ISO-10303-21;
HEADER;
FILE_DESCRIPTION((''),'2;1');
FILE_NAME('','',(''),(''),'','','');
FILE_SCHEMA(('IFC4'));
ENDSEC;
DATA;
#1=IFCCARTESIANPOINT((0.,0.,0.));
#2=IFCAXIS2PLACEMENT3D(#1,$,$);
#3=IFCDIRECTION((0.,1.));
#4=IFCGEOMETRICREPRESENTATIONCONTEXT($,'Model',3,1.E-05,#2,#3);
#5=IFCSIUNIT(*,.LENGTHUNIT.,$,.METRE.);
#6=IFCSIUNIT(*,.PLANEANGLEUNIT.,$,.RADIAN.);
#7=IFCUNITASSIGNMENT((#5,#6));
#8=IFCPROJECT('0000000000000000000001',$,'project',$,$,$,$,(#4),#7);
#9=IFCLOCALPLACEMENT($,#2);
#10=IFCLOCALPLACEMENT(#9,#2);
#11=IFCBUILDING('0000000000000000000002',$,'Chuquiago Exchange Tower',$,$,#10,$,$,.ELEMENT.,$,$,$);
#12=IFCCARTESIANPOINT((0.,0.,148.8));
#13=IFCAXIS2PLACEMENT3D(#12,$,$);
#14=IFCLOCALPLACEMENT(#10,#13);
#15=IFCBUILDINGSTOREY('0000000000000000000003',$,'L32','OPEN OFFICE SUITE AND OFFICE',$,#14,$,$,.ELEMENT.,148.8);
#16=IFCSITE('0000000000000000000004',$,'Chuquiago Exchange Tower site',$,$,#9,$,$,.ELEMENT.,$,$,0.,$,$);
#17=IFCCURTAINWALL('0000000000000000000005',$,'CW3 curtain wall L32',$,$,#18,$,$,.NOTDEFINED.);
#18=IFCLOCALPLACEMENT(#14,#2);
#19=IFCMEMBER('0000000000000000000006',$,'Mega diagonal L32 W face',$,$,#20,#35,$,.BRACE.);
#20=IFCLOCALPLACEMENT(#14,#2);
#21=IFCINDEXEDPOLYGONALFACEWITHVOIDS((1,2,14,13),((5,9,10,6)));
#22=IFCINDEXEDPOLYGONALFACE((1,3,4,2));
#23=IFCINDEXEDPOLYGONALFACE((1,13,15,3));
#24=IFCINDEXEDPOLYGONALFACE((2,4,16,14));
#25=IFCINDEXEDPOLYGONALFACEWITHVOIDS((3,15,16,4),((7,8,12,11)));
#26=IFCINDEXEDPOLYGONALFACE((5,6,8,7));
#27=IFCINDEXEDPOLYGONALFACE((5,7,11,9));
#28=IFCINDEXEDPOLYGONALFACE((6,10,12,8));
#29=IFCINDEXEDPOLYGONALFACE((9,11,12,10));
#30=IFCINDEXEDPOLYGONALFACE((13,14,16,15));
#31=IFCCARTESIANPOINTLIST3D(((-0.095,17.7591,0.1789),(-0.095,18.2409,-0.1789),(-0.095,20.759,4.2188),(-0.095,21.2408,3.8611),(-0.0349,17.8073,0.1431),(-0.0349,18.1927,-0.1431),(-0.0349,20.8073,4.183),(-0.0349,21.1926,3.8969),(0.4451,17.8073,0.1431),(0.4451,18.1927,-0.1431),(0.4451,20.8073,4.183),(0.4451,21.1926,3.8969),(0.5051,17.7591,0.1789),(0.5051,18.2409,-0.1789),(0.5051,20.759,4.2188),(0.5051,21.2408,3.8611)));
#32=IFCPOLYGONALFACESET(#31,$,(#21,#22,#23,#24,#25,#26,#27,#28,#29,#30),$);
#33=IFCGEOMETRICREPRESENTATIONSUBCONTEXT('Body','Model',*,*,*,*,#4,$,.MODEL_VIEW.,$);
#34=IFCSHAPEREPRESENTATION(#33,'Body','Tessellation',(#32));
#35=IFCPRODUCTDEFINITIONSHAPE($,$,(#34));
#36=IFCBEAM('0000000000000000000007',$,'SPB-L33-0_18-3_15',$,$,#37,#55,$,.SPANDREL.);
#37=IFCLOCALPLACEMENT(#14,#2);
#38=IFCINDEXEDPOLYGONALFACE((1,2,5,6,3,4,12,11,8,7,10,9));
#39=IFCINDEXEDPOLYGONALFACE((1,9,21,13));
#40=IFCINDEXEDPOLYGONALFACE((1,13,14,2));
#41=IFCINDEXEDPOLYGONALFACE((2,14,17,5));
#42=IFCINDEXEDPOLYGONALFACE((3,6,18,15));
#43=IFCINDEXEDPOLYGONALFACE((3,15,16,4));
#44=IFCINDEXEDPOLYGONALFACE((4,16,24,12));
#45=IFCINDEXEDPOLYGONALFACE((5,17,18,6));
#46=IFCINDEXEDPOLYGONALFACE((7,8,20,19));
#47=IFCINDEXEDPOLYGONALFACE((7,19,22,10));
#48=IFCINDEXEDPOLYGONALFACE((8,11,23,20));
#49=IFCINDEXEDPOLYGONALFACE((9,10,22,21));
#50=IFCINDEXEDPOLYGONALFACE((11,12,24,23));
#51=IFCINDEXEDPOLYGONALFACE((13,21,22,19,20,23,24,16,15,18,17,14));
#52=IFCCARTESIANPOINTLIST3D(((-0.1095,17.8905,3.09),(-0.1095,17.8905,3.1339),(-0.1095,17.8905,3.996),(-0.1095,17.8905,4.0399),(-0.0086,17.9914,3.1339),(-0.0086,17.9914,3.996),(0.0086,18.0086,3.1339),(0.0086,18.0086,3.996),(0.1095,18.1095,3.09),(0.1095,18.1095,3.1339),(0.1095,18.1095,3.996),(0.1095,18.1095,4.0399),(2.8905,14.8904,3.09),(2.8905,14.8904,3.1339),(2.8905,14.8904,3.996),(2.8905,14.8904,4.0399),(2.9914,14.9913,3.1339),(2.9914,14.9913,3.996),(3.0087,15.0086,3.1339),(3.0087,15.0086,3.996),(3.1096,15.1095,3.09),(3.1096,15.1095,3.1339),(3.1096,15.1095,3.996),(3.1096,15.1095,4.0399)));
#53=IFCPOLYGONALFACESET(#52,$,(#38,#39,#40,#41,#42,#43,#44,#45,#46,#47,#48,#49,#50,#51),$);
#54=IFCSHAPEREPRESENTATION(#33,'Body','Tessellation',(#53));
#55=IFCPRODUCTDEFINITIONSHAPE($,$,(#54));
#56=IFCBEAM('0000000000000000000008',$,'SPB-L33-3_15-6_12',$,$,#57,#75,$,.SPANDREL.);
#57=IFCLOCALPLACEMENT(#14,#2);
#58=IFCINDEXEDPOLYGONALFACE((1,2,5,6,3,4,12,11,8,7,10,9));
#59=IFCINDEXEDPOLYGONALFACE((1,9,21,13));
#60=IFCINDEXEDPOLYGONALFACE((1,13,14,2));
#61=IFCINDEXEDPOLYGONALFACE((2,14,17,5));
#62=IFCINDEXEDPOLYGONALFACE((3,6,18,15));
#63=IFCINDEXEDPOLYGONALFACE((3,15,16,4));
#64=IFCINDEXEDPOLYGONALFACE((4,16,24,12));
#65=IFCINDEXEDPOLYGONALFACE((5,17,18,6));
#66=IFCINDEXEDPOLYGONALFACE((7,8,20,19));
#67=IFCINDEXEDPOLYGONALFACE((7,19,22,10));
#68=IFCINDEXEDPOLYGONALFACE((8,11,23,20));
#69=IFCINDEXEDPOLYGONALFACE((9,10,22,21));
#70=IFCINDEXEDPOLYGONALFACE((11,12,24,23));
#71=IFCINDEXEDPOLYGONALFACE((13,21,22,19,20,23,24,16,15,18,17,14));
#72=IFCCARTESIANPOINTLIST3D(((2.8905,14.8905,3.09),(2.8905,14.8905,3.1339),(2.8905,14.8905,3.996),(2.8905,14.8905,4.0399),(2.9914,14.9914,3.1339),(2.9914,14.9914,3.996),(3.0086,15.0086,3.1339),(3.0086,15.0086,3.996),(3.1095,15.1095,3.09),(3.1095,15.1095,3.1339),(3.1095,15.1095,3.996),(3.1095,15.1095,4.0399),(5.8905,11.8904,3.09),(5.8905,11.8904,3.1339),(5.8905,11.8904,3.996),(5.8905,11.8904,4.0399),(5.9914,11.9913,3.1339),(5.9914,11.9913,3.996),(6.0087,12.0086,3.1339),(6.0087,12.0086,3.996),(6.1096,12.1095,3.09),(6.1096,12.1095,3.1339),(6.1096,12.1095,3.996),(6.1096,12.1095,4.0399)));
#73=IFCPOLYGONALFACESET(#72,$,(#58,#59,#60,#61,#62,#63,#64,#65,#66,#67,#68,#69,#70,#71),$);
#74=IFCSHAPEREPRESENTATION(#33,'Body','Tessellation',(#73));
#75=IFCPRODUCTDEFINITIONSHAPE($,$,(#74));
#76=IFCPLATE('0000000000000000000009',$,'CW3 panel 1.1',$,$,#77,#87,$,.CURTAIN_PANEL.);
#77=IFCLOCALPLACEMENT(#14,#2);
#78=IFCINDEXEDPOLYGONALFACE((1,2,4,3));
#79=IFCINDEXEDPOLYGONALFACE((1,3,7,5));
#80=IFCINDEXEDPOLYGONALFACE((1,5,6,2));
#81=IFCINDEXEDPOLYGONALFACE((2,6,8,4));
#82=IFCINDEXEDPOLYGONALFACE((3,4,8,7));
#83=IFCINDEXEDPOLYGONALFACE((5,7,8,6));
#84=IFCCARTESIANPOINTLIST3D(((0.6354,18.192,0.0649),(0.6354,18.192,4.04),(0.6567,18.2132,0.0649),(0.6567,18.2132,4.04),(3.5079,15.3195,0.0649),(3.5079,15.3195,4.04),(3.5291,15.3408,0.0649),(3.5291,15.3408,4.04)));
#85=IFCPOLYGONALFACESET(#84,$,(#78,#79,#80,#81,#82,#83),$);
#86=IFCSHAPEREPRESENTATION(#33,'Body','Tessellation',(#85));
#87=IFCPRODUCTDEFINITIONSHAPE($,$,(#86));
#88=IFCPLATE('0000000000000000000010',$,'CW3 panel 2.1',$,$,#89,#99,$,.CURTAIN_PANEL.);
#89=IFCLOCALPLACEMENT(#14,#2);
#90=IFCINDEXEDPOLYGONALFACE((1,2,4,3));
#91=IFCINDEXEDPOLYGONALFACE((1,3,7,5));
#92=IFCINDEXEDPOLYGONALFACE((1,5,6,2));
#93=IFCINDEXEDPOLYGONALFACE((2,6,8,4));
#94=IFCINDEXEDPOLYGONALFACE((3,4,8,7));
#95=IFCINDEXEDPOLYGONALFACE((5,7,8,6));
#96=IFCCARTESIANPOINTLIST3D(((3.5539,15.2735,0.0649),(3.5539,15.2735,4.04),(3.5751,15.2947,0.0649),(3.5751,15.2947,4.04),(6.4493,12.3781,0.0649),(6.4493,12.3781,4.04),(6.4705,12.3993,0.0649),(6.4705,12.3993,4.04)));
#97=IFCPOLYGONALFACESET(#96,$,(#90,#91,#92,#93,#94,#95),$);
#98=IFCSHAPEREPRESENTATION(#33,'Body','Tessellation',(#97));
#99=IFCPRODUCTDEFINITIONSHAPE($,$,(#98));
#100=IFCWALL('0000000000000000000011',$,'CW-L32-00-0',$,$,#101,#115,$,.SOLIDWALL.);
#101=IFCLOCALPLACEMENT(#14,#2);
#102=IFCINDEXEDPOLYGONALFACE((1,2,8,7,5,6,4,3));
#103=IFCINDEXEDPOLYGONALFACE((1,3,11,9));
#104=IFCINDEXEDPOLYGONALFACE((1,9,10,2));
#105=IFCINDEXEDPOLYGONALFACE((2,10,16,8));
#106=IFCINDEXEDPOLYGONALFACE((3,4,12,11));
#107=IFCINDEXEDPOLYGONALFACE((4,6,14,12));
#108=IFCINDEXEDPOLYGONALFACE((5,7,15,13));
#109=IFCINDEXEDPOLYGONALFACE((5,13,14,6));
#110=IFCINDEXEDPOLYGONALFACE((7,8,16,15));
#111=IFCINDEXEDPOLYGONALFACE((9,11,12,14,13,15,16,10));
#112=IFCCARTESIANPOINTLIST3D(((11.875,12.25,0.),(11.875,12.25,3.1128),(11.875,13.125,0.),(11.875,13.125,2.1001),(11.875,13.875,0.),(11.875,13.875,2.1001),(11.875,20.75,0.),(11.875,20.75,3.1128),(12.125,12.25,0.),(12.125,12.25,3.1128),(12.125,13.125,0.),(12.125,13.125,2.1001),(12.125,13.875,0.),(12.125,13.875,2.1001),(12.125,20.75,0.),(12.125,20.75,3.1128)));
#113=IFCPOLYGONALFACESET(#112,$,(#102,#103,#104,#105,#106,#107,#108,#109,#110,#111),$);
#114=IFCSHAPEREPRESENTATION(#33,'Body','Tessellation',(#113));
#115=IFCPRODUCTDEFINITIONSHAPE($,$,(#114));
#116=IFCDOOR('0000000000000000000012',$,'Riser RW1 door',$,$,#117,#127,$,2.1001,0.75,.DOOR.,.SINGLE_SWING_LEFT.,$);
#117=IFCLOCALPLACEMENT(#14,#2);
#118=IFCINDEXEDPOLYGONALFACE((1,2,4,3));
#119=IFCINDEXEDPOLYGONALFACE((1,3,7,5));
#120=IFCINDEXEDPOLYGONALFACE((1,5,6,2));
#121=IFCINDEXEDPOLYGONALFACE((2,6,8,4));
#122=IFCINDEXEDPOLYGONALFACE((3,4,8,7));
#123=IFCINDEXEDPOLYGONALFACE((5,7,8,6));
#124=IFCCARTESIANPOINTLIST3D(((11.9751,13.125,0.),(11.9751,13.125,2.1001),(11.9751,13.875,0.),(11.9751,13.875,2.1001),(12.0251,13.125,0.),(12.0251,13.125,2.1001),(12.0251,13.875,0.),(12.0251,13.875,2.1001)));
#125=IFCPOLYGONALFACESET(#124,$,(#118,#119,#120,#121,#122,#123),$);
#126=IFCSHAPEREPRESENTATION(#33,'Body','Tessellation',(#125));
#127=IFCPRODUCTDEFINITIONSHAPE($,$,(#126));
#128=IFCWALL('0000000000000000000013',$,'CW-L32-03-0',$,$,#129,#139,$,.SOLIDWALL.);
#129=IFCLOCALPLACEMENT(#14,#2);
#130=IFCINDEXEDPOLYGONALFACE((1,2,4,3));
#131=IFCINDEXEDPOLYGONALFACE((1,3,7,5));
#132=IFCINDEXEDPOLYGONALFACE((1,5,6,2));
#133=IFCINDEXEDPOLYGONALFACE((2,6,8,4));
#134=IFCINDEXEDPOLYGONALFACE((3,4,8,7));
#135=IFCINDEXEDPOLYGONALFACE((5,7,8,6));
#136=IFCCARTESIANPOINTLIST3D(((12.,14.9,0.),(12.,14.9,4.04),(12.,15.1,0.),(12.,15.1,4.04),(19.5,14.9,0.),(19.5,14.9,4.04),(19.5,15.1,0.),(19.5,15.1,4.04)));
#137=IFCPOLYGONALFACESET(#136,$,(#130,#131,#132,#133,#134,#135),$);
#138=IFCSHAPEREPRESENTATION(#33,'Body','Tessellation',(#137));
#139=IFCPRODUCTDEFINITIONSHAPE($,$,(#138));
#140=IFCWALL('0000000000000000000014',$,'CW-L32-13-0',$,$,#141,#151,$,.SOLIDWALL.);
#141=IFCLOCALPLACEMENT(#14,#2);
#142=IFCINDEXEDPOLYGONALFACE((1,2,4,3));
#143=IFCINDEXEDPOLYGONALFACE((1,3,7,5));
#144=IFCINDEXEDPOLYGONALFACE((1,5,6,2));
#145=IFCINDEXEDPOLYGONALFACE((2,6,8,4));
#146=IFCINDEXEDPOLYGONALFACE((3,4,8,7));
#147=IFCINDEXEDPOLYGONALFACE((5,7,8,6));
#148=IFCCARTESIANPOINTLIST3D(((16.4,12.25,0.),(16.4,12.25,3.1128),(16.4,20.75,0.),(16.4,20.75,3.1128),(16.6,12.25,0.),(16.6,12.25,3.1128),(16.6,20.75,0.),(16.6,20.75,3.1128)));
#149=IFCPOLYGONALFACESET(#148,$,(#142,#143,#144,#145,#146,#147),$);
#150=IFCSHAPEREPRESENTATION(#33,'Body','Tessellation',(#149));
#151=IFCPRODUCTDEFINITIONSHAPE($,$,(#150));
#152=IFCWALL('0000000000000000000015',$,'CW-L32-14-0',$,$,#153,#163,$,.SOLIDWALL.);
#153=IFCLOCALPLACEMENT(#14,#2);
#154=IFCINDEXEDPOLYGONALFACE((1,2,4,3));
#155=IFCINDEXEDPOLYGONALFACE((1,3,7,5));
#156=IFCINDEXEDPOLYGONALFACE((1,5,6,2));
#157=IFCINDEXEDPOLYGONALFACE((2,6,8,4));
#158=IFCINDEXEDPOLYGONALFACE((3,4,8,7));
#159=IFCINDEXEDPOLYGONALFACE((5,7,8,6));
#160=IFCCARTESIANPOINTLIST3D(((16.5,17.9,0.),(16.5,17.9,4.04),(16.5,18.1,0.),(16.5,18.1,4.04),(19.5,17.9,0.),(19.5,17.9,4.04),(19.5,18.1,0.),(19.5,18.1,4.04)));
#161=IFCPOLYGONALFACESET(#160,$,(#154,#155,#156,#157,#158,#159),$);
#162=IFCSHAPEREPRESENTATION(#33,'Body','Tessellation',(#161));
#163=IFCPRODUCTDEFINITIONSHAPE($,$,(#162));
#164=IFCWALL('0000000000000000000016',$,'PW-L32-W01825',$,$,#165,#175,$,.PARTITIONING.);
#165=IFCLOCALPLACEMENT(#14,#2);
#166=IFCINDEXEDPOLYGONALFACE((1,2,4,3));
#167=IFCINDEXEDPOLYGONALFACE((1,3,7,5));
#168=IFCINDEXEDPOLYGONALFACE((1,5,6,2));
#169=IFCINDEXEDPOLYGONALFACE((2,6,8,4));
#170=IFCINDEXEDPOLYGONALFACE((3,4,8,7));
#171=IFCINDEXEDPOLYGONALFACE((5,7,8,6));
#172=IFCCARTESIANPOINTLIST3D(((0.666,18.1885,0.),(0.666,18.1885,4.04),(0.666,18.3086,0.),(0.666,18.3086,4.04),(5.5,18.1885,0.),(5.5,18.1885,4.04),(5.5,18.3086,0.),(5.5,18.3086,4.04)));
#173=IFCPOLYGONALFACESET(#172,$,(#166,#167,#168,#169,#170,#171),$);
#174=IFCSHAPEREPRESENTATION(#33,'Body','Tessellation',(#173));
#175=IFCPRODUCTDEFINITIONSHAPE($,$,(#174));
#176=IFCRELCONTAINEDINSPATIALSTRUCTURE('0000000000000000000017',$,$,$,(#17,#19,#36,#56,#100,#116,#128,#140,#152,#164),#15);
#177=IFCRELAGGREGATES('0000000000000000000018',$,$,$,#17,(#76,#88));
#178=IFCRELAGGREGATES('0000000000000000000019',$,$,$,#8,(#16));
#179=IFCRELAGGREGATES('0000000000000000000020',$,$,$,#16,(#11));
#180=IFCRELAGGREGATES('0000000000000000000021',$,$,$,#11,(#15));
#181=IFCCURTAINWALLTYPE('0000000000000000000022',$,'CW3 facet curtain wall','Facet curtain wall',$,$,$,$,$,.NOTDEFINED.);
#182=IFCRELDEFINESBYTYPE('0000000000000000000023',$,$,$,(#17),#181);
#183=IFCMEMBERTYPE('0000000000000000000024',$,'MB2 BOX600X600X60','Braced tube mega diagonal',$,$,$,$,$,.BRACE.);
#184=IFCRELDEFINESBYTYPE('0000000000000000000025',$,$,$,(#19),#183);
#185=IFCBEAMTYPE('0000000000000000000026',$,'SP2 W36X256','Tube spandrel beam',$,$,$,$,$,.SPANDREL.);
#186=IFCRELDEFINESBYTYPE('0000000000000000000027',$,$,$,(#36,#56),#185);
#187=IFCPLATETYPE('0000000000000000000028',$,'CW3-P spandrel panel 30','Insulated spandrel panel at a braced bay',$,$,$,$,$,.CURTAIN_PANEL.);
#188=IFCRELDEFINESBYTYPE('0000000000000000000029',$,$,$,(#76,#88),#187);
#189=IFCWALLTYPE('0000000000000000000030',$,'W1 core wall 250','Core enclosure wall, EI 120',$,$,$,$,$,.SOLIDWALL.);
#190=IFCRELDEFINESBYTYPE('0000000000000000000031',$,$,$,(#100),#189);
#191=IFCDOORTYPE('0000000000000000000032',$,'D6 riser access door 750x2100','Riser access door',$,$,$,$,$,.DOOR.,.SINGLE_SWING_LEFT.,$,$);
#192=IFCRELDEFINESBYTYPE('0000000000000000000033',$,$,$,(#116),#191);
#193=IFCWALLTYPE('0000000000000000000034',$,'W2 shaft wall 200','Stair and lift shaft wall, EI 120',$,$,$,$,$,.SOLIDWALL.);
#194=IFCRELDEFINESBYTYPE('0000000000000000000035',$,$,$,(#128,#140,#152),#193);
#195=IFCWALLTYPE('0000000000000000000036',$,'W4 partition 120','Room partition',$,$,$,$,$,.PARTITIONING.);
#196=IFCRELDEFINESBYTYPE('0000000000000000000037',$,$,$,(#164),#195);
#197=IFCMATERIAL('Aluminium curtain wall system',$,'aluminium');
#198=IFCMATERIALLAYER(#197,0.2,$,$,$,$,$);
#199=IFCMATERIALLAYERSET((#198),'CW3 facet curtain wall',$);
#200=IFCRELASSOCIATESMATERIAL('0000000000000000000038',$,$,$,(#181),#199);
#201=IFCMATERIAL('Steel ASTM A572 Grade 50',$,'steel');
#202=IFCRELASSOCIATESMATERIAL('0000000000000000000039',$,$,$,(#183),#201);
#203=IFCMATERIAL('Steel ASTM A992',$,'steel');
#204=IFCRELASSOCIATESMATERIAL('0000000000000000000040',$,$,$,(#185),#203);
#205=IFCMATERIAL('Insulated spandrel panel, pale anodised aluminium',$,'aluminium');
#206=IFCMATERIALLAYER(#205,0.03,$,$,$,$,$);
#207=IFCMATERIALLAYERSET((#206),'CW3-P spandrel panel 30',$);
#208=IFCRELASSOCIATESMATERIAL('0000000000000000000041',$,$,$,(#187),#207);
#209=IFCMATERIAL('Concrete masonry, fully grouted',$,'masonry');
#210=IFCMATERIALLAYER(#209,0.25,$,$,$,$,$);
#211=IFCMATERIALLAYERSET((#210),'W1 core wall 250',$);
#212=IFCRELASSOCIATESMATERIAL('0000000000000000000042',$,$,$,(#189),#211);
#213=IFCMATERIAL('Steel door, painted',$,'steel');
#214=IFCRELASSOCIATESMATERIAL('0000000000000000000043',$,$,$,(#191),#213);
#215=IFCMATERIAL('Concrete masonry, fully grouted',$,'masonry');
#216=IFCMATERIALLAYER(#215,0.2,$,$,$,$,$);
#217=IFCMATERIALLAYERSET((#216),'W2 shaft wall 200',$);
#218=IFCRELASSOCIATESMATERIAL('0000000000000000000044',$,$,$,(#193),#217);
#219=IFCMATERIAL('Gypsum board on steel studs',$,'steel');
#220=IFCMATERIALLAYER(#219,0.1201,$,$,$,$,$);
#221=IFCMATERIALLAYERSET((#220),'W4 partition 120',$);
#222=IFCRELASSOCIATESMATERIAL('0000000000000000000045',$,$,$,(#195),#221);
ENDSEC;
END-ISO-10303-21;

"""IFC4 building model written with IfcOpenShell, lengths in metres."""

from ifc_helpers import new_model, si_unit, direction, frame, frame_2d, origin, origin_2d, place, context, subcontext, project, spatial, rectangle, hollow_rectangle, i_section, extrude, material, layer, layer_set, material_profile, profile_set, type_object, element, fill, aggregate, save


model = new_model("IFC4")

# Units and contexts
model_context = context("Model", 3, precision=1e-05, world=origin(), true_north=direction((0.0, 1.0)))
body_context = subcontext(model_context, "Body", "Model", "MODEL_VIEW")
ifc_project = project(units=[si_unit("LENGTHUNIT", "METRE"), si_unit("PLANEANGLEUNIT", "RADIAN")], contexts=[model_context])

# Site, building, storey
site_placement = place(None, origin())
site = spatial("IfcSite", under=ifc_project, at=site_placement, Name="Chuquiago Exchange Tower site", CompositionType="ELEMENT", RefElevation=0.0)
building_placement = place(site_placement, origin())
building = spatial("IfcBuilding", under=site, at=building_placement, Name="Chuquiago Exchange Tower", CompositionType="ELEMENT")
storey_placement = place(building_placement, frame((0.0, 0.0, 148.8)))
storey = spatial("IfcBuildingStorey", under=building, at=storey_placement, Name="L32", Description="OPEN OFFICE SUITE AND OFFICE", CompositionType="ELEMENT", Elevation=148.8)

# Curtain wall
ifc_material_1 = material(Name="Aluminium curtain wall system", Category="aluminium")
ifc_layer_1 = layer(ifc_material_1, 0.2)
ifc_layer_set_1 = layer_set([ifc_layer_1], Name="CW3 facet curtain wall")
curtain_wall_type_1 = type_object("IfcCurtainWallType", Name="CW3 facet curtain wall", Description="Facet curtain wall", PredefinedType="NOTDEFINED", material=ifc_layer_set_1)
curtain_wall_1_placement = place(storey_placement, origin())
curtain_wall_1 = element("IfcCurtainWall", 1, at=curtain_wall_1_placement, inside=storey, type_object=curtain_wall_type_1, Name="CW3 curtain wall L32", PredefinedType="NOTDEFINED")

# Member
ifc_material_2 = material(Name="Steel ASTM A572 Grade 50", Category="steel")
ifc_material_profile_1 = material_profile(ifc_material_2, hollow_rectangle(XDim=0.6001, YDim=0.6001, WallThickness=0.0601, at=origin_2d()), Name="BOX600X600X60")
ifc_profile_set_1 = profile_set([ifc_material_profile_1], Name="Steel ASTM A572 Grade 50")
member_type_1 = type_object("IfcMemberType", Name="MB2 BOX600X600X60", Description="Braced tube mega diagonal", PredefinedType="BRACE", material=ifc_profile_set_1)
member_1_placement = place(storey_placement, frame((0.2051, 18.0, 0.0), z_axis=(0.0, 0.596174, 0.802855), x_axis=(-1.0, 0.0, 0.0)))
element("IfcMember", 2, at=member_1_placement, inside=storey, type_object=member_type_1, Name="Mega diagonal L32 W face", PredefinedType="BRACE", context=body_context, shape_type="SweptSolid", body=[
    extrude(hollow_rectangle(XDim=0.6001, YDim=0.6001, WallThickness=0.0601, at=origin_2d()), origin(), (0.0, 0.0, 1.0), 5.032),
])

# Beams
ifc_material_3 = material(Name="Steel ASTM A992", Category="steel")
ifc_material_profile_2 = material_profile(ifc_material_3, i_section(OverallWidth=0.3098, OverallDepth=0.95, WebThickness=0.0244, FlangeThickness=0.0439, at=origin_2d()), Name="W36X256")
ifc_profile_set_2 = profile_set([ifc_material_profile_2], Name="Steel ASTM A992")
beam_type_1 = type_object("IfcBeamType", Name="SP2 W36X256", Description="Tube spandrel beam", PredefinedType="SPANDREL", material=ifc_profile_set_2)
for number, where, z_axis, x_axis, name in (
    (3, (0.0, 18.0, 3.5649), (0.707107, -0.707107, 0.0), (0.707107, 0.707107, 0.0), "SPB-L33-0_18-3_15"),
    (4, (3.0, 15.0, 3.5649), (0.707107, -0.707107, 0.0), (0.707107, 0.707107, 0.0), "SPB-L33-3_15-6_12"),
):
    element("IfcBeam", number, at=place(storey_placement, frame(where, z_axis=z_axis, x_axis=x_axis)), inside=storey, type_object=beam_type_1, Name=name, PredefinedType="SPANDREL", context=body_context, shape_type="SweptSolid", body=[
        extrude(i_section(OverallWidth=0.3098, OverallDepth=0.95, WebThickness=0.0244, FlangeThickness=0.0439, at=origin_2d()), origin(), (0.0, 0.0, 1.0), 4.2427),
    ])

# Plates
ifc_material_4 = material(Name="Insulated spandrel panel, pale anodised aluminium", Category="aluminium")
ifc_layer_2 = layer(ifc_material_4, 0.03)
ifc_layer_set_2 = layer_set([ifc_layer_2], Name="CW3-P spandrel panel 30")
plate_type = type_object("IfcPlateType", Name="CW3-P spandrel panel 30", Description="Insulated spandrel panel at a braced bay", PredefinedType="CURTAIN_PANEL", material=ifc_layer_set_2)
plate_1_placement = place(storey_placement, frame((2.0823, 16.7664, 0.0649), z_axis=(0.0, 0.0, 1.0), x_axis=(0.707107, -0.707107, 0.0)))
plate_1 = element("IfcPlate", 5, at=plate_1_placement, type_object=plate_type, Name="CW3 panel 1.1", PredefinedType="CURTAIN_PANEL", context=body_context, shape_type="SweptSolid", body=[
    extrude(rectangle(XDim=4.0623, YDim=0.03, at=origin_2d()), origin(), (0.0, 0.0, 1.0), 3.9751),
])
plate_2_placement = place(storey_placement, frame((5.0122, 13.8364, 0.0649), z_axis=(0.0, 0.0, 1.0), x_axis=(0.707107, -0.707107, 0.0)))
plate_2 = element("IfcPlate", 6, at=plate_2_placement, type_object=plate_type, Name="CW3 panel 2.1", PredefinedType="CURTAIN_PANEL", context=body_context, shape_type="SweptSolid", body=[
    extrude(rectangle(XDim=4.0947, YDim=0.03, at=origin_2d()), origin(), (0.0, 0.0, 1.0), 3.9751),
])
aggregate(curtain_wall_1, [plate_1, plate_2])

# Wall, opening, door
ifc_material_5 = material(Name="Concrete masonry, fully grouted", Category="masonry")
ifc_layer_3 = layer(ifc_material_5, 0.25)
ifc_layer_set_3 = layer_set([ifc_layer_3], Name="W1 core wall 250")
wall_type_1 = type_object("IfcWallType", Name="W1 core wall 250", Description="Core enclosure wall, EI 120", PredefinedType="SOLIDWALL", material=ifc_layer_set_3)
wall_1_placement = place(storey_placement, frame((12.0, 12.25, 0.0), z_axis=(0.0, 0.0, 1.0), x_axis=(0.0, 1.0, 0.0)))
wall_1 = element("IfcWall", 7, at=wall_1_placement, inside=storey, type_object=wall_type_1, Name="CW-L32-00-0", PredefinedType="SOLIDWALL", context=body_context, shape_type="SweptSolid", body=[
    extrude(rectangle(XDim=8.5, YDim=0.25, at=frame_2d((4.25, 0.0))), origin(), (0.0, 0.0, 1.0), 3.1128),
])
opening_1_placement = place(wall_1_placement, frame((0.875, 0.0, 0.0)))
opening_1 = element("IfcOpeningElement", 8, at=opening_1_placement, cuts=wall_1, PredefinedType="OPENING", context=body_context, shape_type="SweptSolid", body=[
    extrude(rectangle(XDim=0.75, YDim=2.1001, at=frame_2d((0.375, 1.05))), frame((0.0, 0.135, 0.0), z_axis=(0.0, -1.0, 0.0), x_axis=(1.0, 0.0, 0.0)), (0.0, 0.0, 1.0), 0.27),
])
ifc_material_6 = material(Name="Steel door, painted", Category="steel")
door_type_1 = type_object("IfcDoorType", Name="D6 riser access door 750x2100", Description="Riser access door", OperationType="SINGLE_SWING_LEFT", PredefinedType="DOOR", material=ifc_material_6)
door_1_placement = place(opening_1_placement, origin())
door_1 = element("IfcDoor", 9, at=door_1_placement, inside=storey, type_object=door_type_1, Name="Riser RW1 door", OperationType="SINGLE_SWING_LEFT", OverallHeight=2.1001, OverallWidth=0.75, PredefinedType="DOOR", context=body_context, shape_type="SweptSolid", body=[
    extrude(rectangle(XDim=0.75, YDim=2.1001, at=frame_2d((0.375, 1.05))), frame((0.0, 0.0249, 0.0), z_axis=(0.0, -1.0, 0.0), x_axis=(1.0, 0.0, 0.0)), (0.0, 0.0, 1.0), 0.05),
])
fill(opening_1, door_1)

# Walls
ifc_material_7 = material(Name="Concrete masonry, fully grouted", Category="masonry")
ifc_layer_4 = layer(ifc_material_7, 0.2)
ifc_layer_set_4 = layer_set([ifc_layer_4], Name="W2 shaft wall 200")
wall_type_2 = type_object("IfcWallType", Name="W2 shaft wall 200", Description="Stair and lift shaft wall, EI 120", PredefinedType="SOLIDWALL", material=ifc_layer_set_4)
wall_2_placement = place(storey_placement, frame((12.0, 15.0, 0.0), z_axis=(0.0, 0.0, 1.0), x_axis=(1.0, 0.0, 0.0)))
element("IfcWall", 10, at=wall_2_placement, inside=storey, type_object=wall_type_2, Name="CW-L32-03-0", PredefinedType="SOLIDWALL", context=body_context, shape_type="SweptSolid", body=[
    extrude(rectangle(XDim=7.5, YDim=0.2, at=frame_2d((3.75, 0.0))), origin(), (0.0, 0.0, 1.0), 4.04),
])
wall_3_placement = place(storey_placement, frame((16.5, 12.25, 0.0), z_axis=(0.0, 0.0, 1.0), x_axis=(0.0, 1.0, 0.0)))
element("IfcWall", 11, at=wall_3_placement, inside=storey, type_object=wall_type_2, Name="CW-L32-13-0", PredefinedType="SOLIDWALL", context=body_context, shape_type="SweptSolid", body=[
    extrude(rectangle(XDim=8.5, YDim=0.2, at=frame_2d((4.25, 0.0))), origin(), (0.0, 0.0, 1.0), 3.1128),
])
wall_4_placement = place(storey_placement, frame((16.5, 18.0, 0.0), z_axis=(0.0, 0.0, 1.0), x_axis=(1.0, 0.0, 0.0)))
element("IfcWall", 12, at=wall_4_placement, inside=storey, type_object=wall_type_2, Name="CW-L32-14-0", PredefinedType="SOLIDWALL", context=body_context, shape_type="SweptSolid", body=[
    extrude(rectangle(XDim=3.0, YDim=0.2, at=frame_2d((1.5, 0.0))), origin(), (0.0, 0.0, 1.0), 4.04),
])
ifc_material_8 = material(Name="Gypsum board on steel studs", Category="steel")
ifc_layer_5 = layer(ifc_material_8, 0.1201)
ifc_layer_set_5 = layer_set([ifc_layer_5], Name="W4 partition 120")
wall_type_3 = type_object("IfcWallType", Name="W4 partition 120", Description="Room partition", PredefinedType="PARTITIONING", material=ifc_layer_set_5)
wall_5_placement = place(storey_placement, frame((0.666, 18.2485, 0.0), z_axis=(0.0, 0.0, 1.0), x_axis=(1.0, 0.0, 0.0)))
element("IfcWall", 13, at=wall_5_placement, inside=storey, type_object=wall_type_3, Name="PW-L32-W01825", PredefinedType="PARTITIONING", context=body_context, shape_type="SweptSolid", body=[
    extrude(rectangle(XDim=4.834, YDim=0.1201, at=frame_2d((2.417, 0.0))), origin(), (0.0, 0.0, 1.0), 4.04),
])

save(model, "model.ifc")
